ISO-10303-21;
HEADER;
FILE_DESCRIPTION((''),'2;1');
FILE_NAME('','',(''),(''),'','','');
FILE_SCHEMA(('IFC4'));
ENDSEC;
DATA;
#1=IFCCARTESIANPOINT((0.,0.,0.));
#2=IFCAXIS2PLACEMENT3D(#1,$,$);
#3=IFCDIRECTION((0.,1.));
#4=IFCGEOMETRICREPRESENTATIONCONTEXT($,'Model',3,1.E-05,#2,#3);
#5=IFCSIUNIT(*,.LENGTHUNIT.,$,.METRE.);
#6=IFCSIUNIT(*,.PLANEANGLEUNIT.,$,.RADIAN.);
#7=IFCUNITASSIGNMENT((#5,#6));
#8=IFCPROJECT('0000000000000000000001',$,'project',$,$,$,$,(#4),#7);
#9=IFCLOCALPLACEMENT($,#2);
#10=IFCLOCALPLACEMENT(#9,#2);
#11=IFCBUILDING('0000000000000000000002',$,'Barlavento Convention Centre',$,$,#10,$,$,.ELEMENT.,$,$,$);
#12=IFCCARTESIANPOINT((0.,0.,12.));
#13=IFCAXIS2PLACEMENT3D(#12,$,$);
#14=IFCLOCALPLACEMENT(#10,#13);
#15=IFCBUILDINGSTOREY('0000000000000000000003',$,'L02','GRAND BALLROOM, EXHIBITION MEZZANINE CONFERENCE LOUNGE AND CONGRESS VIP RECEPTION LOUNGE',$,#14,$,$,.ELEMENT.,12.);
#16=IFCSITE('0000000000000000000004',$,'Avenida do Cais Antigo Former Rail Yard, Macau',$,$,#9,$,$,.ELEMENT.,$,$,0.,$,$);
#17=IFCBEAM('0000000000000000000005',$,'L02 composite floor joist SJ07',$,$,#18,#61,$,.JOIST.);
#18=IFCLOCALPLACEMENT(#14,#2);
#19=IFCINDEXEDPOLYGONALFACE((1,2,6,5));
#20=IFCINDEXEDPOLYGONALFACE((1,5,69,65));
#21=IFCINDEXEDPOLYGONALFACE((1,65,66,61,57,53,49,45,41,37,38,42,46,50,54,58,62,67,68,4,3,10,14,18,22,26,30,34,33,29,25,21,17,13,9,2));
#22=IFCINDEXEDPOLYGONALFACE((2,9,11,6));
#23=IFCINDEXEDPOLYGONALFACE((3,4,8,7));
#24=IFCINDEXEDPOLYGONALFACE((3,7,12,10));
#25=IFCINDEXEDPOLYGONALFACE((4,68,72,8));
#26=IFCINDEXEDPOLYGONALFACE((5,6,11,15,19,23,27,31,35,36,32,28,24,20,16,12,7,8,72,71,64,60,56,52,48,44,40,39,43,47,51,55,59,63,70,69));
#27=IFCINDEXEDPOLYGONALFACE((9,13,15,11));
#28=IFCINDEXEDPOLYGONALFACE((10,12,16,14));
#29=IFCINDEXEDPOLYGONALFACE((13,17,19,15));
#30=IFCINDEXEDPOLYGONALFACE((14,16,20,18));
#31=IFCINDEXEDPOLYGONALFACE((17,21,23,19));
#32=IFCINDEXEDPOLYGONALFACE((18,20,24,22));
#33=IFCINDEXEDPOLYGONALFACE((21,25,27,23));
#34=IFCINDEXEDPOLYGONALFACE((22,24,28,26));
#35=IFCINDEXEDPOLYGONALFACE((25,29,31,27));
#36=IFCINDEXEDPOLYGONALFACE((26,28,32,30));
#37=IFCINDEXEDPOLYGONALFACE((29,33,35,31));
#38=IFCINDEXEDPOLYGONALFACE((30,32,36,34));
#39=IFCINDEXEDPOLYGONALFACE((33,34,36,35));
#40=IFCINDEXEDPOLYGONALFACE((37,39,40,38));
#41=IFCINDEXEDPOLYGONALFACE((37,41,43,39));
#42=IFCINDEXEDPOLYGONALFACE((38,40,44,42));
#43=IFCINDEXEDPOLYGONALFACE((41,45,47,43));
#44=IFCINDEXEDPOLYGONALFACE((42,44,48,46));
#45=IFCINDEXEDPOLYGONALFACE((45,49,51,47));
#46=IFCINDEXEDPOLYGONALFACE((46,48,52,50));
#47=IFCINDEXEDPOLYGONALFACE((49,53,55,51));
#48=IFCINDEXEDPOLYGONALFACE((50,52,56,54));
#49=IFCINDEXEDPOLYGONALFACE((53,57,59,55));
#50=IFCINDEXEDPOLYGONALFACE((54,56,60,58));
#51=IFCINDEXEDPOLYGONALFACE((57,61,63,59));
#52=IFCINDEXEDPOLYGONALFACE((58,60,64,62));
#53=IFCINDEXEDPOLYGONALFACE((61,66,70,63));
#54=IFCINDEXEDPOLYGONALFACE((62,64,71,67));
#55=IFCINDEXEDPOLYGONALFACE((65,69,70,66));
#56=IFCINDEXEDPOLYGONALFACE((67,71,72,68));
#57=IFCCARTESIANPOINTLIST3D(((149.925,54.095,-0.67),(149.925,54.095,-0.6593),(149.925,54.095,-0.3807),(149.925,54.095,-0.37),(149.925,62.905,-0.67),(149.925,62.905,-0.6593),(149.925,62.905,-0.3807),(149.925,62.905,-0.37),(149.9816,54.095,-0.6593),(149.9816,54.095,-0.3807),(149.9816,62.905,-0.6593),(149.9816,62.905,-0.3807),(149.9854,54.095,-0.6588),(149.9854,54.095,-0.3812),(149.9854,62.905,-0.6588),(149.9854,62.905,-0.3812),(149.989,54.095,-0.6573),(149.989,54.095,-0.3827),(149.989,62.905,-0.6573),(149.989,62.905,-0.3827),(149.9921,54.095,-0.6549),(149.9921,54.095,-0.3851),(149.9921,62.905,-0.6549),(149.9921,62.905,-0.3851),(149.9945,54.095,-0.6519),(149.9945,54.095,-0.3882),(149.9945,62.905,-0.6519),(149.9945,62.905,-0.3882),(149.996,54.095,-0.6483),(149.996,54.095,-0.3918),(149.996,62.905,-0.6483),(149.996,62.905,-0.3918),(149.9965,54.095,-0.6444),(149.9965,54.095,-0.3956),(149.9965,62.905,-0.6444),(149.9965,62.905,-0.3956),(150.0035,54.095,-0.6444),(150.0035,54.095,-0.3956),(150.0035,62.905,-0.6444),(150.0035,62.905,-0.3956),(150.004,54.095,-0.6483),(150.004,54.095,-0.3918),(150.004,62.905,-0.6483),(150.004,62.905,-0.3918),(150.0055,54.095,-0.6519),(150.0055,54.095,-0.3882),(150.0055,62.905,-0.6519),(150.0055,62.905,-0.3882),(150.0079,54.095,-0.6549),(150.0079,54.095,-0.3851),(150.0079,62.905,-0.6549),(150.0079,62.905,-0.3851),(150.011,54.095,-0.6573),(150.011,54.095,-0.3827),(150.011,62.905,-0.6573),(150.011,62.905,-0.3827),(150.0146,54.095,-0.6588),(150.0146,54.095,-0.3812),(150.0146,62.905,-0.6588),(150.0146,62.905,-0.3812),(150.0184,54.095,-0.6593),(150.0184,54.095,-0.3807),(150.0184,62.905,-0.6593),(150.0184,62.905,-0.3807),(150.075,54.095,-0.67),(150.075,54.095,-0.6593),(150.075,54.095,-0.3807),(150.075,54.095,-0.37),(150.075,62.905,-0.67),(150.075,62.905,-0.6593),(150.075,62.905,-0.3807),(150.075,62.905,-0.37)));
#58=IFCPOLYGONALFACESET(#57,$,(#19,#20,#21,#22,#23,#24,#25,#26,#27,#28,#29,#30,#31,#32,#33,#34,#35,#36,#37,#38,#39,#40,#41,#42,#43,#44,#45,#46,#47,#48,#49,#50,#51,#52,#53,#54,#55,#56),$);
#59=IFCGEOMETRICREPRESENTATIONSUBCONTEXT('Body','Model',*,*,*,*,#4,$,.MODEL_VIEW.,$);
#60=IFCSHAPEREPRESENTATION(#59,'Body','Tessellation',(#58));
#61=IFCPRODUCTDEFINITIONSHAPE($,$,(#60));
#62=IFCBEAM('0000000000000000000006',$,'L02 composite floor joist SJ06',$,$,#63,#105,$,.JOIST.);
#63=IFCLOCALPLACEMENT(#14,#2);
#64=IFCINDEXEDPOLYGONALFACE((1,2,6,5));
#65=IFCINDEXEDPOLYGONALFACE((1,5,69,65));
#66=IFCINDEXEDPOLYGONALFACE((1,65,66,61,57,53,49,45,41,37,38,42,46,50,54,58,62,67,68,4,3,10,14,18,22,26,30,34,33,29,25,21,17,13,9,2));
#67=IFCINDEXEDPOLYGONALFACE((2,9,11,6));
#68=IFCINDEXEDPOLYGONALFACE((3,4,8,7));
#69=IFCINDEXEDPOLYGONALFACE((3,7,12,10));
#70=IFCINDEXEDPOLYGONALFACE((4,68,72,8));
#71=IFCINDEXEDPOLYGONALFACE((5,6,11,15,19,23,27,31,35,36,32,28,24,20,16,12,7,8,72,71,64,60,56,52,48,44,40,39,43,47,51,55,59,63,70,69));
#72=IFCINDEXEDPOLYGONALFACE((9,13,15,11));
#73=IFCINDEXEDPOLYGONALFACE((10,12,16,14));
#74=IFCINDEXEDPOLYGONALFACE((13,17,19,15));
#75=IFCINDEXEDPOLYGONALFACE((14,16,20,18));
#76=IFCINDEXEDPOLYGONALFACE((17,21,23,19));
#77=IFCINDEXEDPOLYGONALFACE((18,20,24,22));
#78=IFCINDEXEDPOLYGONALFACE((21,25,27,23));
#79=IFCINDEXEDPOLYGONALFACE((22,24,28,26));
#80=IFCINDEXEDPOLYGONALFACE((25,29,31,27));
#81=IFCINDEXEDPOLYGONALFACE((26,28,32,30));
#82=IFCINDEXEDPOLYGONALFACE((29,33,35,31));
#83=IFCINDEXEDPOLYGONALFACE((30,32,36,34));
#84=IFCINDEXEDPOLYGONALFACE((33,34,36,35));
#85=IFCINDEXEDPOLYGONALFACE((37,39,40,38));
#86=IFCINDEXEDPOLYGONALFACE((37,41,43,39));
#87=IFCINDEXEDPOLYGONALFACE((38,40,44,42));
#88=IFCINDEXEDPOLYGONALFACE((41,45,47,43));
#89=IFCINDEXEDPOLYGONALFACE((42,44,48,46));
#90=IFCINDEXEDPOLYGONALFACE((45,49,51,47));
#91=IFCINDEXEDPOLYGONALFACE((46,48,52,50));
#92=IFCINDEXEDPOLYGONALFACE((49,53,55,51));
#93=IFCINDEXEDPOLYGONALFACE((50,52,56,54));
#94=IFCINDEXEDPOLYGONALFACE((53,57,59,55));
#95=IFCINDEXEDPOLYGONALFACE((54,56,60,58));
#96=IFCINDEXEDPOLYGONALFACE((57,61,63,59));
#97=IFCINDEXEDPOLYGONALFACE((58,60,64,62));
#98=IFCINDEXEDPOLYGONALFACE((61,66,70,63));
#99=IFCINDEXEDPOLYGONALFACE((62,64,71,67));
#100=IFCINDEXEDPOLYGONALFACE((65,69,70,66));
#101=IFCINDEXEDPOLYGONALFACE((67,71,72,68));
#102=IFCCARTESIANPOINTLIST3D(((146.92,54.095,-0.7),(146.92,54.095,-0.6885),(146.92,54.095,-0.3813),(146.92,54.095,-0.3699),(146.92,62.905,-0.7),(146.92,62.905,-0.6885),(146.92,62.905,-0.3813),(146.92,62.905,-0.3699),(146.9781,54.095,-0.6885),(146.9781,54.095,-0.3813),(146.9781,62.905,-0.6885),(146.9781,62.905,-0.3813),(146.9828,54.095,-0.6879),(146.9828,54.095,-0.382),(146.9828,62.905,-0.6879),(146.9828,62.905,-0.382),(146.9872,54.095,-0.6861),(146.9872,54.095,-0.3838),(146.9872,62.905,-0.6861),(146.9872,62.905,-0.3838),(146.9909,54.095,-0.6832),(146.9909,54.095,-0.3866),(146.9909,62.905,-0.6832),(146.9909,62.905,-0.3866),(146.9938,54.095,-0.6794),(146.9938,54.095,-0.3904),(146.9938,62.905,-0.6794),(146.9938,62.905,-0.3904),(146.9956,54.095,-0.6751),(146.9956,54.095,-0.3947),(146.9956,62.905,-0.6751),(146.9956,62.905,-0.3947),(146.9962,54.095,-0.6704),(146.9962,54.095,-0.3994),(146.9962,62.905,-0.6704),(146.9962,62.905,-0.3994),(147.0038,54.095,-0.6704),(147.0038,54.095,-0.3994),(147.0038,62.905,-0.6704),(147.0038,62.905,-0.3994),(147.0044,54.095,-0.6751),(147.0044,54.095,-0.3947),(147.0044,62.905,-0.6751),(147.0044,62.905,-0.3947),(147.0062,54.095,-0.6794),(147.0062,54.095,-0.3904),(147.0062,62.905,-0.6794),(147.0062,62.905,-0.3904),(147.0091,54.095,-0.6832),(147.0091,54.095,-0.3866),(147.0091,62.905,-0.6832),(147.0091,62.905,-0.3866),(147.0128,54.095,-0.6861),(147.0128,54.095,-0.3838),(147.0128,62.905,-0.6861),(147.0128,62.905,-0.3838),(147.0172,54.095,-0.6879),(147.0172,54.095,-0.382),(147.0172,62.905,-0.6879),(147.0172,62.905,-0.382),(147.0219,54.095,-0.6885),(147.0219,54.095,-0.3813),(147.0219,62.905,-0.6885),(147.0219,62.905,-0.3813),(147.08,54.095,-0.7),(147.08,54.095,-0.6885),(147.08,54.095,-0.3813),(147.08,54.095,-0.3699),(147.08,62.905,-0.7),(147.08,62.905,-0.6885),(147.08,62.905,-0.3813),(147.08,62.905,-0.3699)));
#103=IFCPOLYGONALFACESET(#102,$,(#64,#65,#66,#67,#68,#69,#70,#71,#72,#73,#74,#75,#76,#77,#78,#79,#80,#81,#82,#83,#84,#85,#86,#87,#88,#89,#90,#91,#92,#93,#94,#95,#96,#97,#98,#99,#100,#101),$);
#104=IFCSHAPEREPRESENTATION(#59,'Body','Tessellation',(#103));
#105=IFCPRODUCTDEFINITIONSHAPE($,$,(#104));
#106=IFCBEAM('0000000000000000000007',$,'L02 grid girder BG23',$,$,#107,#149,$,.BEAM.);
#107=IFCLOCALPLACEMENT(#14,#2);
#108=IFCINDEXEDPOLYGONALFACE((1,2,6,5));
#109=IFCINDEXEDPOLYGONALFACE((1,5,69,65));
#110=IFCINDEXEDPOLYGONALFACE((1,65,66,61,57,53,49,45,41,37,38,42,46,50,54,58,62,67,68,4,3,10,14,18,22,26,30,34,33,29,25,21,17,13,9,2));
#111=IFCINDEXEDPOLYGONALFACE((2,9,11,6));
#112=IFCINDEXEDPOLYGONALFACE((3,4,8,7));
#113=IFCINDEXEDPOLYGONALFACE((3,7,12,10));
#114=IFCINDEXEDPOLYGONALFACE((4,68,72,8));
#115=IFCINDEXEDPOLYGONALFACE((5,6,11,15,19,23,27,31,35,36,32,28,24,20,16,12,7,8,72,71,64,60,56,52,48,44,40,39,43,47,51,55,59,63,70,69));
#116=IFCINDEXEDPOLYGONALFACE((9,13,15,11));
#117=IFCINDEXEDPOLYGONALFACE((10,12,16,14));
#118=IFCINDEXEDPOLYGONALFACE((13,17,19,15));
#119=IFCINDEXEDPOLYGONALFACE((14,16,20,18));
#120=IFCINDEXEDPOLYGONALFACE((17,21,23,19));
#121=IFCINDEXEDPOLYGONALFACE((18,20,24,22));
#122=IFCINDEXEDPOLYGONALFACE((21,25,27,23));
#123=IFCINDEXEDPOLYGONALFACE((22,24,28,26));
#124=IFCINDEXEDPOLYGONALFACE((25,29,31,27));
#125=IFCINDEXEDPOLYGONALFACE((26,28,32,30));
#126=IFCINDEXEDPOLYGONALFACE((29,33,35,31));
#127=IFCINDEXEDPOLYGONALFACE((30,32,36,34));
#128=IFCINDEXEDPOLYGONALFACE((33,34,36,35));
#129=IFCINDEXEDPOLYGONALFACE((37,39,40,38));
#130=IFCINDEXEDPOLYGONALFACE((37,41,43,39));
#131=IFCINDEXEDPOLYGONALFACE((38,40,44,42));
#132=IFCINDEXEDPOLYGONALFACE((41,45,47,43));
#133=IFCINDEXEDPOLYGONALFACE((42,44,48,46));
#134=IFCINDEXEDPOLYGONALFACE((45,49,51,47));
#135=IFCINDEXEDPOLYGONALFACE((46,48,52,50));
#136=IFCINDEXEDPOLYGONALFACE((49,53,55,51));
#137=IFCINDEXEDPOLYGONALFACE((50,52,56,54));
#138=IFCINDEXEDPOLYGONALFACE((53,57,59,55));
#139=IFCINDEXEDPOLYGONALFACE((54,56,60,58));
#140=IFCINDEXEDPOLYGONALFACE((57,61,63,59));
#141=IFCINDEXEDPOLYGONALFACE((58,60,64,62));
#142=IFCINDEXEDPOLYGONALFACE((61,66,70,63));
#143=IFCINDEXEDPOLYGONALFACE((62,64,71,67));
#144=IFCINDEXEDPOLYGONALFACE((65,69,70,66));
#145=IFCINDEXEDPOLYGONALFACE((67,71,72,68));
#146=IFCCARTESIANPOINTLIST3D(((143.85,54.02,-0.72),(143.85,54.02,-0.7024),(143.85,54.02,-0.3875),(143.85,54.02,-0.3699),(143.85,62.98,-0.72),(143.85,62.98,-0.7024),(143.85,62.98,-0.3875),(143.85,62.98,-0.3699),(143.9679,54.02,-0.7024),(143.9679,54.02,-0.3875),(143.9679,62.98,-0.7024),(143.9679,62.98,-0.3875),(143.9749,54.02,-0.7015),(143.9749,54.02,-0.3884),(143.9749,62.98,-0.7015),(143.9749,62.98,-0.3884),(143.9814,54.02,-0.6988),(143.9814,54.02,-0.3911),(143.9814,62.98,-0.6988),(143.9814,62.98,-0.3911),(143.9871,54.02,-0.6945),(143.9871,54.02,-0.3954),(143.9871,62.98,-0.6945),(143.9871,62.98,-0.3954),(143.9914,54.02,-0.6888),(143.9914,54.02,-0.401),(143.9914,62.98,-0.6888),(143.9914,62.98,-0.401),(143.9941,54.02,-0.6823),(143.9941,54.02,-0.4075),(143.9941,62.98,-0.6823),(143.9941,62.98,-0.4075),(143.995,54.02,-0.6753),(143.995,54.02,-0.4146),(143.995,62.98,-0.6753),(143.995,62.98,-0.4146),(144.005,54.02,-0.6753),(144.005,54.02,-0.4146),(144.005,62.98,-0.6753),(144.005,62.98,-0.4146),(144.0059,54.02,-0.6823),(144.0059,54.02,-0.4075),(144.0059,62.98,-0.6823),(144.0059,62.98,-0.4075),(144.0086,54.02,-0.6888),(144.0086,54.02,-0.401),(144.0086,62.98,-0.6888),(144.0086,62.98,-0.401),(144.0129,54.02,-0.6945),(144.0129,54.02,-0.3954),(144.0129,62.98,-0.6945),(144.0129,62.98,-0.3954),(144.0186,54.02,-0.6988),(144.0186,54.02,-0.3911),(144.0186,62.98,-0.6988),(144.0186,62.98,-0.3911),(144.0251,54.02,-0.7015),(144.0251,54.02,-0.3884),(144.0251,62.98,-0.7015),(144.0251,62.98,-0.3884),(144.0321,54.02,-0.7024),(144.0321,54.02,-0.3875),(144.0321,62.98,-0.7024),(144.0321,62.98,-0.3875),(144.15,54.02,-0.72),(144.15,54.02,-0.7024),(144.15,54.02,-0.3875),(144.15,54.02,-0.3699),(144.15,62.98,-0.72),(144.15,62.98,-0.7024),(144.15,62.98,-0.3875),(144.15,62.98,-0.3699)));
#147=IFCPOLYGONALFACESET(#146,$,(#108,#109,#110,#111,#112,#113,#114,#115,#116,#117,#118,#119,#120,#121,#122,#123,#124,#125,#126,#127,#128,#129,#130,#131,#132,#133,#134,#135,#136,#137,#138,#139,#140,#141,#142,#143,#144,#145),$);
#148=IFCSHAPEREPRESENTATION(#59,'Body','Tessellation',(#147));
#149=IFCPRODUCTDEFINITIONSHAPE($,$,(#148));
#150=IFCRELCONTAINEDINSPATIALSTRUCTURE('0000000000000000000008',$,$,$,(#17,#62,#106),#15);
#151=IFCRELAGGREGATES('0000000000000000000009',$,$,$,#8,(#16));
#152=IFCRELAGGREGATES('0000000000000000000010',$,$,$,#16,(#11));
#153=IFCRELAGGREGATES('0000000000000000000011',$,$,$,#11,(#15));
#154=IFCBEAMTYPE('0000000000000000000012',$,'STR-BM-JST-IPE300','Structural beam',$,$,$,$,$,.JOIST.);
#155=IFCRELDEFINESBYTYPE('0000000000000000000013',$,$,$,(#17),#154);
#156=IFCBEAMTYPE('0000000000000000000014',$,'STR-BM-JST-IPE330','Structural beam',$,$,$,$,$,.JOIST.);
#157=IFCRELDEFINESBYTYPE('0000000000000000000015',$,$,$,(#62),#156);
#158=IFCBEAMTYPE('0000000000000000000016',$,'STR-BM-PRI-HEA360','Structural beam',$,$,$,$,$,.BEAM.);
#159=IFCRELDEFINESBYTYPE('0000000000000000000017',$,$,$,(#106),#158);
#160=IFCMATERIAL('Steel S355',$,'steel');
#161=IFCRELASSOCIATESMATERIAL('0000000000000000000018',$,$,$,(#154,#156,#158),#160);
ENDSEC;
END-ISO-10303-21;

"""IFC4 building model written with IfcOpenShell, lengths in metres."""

from ifc_helpers import new_model, si_unit, direction, frame, origin, origin_2d, place, context, subcontext, project, spatial, i_section, extrude, material, material_profile, profile_set, type_object, element, save


model = new_model("IFC4")

# Units and contexts
model_context = context("Model", 3, precision=1e-05, world=origin(), true_north=direction((0.0, 1.0)))
body_context = subcontext(model_context, "Body", "Model", "MODEL_VIEW")
ifc_project = project(units=[si_unit("LENGTHUNIT", "METRE"), si_unit("PLANEANGLEUNIT", "RADIAN")], contexts=[model_context])

# Site, building, storey
site_placement = place(None, origin())
site = spatial("IfcSite", under=ifc_project, at=site_placement, Name="Avenida do Cais Antigo Former Rail Yard, Macau", CompositionType="ELEMENT", RefElevation=0.0)
building_placement = place(site_placement, origin())
building = spatial("IfcBuilding", under=site, at=building_placement, Name="Barlavento Convention Centre", CompositionType="ELEMENT")
storey_placement = place(building_placement, frame((0.0, 0.0, 12.0)))
storey = spatial("IfcBuildingStorey", under=building, at=storey_placement, Name="L02", Description="GRAND BALLROOM, EXHIBITION MEZZANINE CONFERENCE LOUNGE AND CONGRESS VIP RECEPTION LOUNGE", CompositionType="ELEMENT", Elevation=12.0)

# Shared definitions
ifc_material_1 = material(Name="Steel S355", Category="steel")

# Beams
ifc_material_profile_1 = material_profile(ifc_material_1, i_section(OverallWidth=0.1499, OverallDepth=0.3, WebThickness=0.0071, FlangeThickness=0.0107, FilletRadius=0.0149, at=origin_2d()), Name="IPE 300")
ifc_profile_set_1 = profile_set([ifc_material_profile_1], Name="Steel S355")
beam_type_1 = type_object("IfcBeamType", Name="STR-BM-JST-IPE300", Description="Structural beam", PredefinedType="JOIST", material=ifc_profile_set_1)
beam_1_placement = place(storey_placement, frame((150.0, 54.095, -0.52), z_axis=(0.0, 1.0, 0.0), x_axis=(-1.0, 0.0, 0.0)))
element("IfcBeam", 1, at=beam_1_placement, inside=storey, type_object=beam_type_1, Name="L02 composite floor joist SJ07", PredefinedType="JOIST", context=body_context, shape_type="SweptSolid", body=[
    extrude(i_section(OverallWidth=0.1499, OverallDepth=0.3, WebThickness=0.0071, FlangeThickness=0.0107, FilletRadius=0.0149, at=origin_2d()), origin(), (0.0, 0.0, 1.0), 8.8101),
])
ifc_material_profile_2 = material_profile(ifc_material_1, i_section(OverallWidth=0.1599, OverallDepth=0.3301, WebThickness=0.0076, FlangeThickness=0.0115, FilletRadius=0.0181, at=origin_2d()), Name="IPE 330")
ifc_profile_set_2 = profile_set([ifc_material_profile_2], Name="Steel S355")
beam_type_2 = type_object("IfcBeamType", Name="STR-BM-JST-IPE330", Description="Structural beam", PredefinedType="JOIST", material=ifc_profile_set_2)
beam_2_placement = place(storey_placement, frame((147.0, 54.095, -0.5349), z_axis=(0.0, 1.0, 0.0), x_axis=(-1.0, 0.0, 0.0)))
element("IfcBeam", 2, at=beam_2_placement, inside=storey, type_object=beam_type_2, Name="L02 composite floor joist SJ06", PredefinedType="JOIST", context=body_context, shape_type="SweptSolid", body=[
    extrude(i_section(OverallWidth=0.1599, OverallDepth=0.3301, WebThickness=0.0076, FlangeThickness=0.0115, FilletRadius=0.0181, at=origin_2d()), origin(), (0.0, 0.0, 1.0), 8.8101),
])
ifc_material_profile_3 = material_profile(ifc_material_1, i_section(OverallWidth=0.3, OverallDepth=0.3501, WebThickness=0.01, FlangeThickness=0.0176, FilletRadius=0.0271, at=origin_2d()), Name="HEA 360")
ifc_profile_set_3 = profile_set([ifc_material_profile_3], Name="Steel S355")
beam_type_3 = type_object("IfcBeamType", Name="STR-BM-PRI-HEA360", Description="Structural beam", PredefinedType="BEAM", material=ifc_profile_set_3)
beam_3_placement = place(storey_placement, frame((144.0, 54.02, -0.5449), z_axis=(0.0, 1.0, 0.0), x_axis=(-1.0, 0.0, 0.0)))
element("IfcBeam", 3, at=beam_3_placement, inside=storey, type_object=beam_type_3, Name="L02 grid girder BG23", PredefinedType="BEAM", context=body_context, shape_type="SweptSolid", body=[
    extrude(i_section(OverallWidth=0.3, OverallDepth=0.3501, WebThickness=0.01, FlangeThickness=0.0176, FilletRadius=0.0271, at=origin_2d()), origin(), (0.0, 0.0, 1.0), 8.96),
])

save(model, "model.ifc")
